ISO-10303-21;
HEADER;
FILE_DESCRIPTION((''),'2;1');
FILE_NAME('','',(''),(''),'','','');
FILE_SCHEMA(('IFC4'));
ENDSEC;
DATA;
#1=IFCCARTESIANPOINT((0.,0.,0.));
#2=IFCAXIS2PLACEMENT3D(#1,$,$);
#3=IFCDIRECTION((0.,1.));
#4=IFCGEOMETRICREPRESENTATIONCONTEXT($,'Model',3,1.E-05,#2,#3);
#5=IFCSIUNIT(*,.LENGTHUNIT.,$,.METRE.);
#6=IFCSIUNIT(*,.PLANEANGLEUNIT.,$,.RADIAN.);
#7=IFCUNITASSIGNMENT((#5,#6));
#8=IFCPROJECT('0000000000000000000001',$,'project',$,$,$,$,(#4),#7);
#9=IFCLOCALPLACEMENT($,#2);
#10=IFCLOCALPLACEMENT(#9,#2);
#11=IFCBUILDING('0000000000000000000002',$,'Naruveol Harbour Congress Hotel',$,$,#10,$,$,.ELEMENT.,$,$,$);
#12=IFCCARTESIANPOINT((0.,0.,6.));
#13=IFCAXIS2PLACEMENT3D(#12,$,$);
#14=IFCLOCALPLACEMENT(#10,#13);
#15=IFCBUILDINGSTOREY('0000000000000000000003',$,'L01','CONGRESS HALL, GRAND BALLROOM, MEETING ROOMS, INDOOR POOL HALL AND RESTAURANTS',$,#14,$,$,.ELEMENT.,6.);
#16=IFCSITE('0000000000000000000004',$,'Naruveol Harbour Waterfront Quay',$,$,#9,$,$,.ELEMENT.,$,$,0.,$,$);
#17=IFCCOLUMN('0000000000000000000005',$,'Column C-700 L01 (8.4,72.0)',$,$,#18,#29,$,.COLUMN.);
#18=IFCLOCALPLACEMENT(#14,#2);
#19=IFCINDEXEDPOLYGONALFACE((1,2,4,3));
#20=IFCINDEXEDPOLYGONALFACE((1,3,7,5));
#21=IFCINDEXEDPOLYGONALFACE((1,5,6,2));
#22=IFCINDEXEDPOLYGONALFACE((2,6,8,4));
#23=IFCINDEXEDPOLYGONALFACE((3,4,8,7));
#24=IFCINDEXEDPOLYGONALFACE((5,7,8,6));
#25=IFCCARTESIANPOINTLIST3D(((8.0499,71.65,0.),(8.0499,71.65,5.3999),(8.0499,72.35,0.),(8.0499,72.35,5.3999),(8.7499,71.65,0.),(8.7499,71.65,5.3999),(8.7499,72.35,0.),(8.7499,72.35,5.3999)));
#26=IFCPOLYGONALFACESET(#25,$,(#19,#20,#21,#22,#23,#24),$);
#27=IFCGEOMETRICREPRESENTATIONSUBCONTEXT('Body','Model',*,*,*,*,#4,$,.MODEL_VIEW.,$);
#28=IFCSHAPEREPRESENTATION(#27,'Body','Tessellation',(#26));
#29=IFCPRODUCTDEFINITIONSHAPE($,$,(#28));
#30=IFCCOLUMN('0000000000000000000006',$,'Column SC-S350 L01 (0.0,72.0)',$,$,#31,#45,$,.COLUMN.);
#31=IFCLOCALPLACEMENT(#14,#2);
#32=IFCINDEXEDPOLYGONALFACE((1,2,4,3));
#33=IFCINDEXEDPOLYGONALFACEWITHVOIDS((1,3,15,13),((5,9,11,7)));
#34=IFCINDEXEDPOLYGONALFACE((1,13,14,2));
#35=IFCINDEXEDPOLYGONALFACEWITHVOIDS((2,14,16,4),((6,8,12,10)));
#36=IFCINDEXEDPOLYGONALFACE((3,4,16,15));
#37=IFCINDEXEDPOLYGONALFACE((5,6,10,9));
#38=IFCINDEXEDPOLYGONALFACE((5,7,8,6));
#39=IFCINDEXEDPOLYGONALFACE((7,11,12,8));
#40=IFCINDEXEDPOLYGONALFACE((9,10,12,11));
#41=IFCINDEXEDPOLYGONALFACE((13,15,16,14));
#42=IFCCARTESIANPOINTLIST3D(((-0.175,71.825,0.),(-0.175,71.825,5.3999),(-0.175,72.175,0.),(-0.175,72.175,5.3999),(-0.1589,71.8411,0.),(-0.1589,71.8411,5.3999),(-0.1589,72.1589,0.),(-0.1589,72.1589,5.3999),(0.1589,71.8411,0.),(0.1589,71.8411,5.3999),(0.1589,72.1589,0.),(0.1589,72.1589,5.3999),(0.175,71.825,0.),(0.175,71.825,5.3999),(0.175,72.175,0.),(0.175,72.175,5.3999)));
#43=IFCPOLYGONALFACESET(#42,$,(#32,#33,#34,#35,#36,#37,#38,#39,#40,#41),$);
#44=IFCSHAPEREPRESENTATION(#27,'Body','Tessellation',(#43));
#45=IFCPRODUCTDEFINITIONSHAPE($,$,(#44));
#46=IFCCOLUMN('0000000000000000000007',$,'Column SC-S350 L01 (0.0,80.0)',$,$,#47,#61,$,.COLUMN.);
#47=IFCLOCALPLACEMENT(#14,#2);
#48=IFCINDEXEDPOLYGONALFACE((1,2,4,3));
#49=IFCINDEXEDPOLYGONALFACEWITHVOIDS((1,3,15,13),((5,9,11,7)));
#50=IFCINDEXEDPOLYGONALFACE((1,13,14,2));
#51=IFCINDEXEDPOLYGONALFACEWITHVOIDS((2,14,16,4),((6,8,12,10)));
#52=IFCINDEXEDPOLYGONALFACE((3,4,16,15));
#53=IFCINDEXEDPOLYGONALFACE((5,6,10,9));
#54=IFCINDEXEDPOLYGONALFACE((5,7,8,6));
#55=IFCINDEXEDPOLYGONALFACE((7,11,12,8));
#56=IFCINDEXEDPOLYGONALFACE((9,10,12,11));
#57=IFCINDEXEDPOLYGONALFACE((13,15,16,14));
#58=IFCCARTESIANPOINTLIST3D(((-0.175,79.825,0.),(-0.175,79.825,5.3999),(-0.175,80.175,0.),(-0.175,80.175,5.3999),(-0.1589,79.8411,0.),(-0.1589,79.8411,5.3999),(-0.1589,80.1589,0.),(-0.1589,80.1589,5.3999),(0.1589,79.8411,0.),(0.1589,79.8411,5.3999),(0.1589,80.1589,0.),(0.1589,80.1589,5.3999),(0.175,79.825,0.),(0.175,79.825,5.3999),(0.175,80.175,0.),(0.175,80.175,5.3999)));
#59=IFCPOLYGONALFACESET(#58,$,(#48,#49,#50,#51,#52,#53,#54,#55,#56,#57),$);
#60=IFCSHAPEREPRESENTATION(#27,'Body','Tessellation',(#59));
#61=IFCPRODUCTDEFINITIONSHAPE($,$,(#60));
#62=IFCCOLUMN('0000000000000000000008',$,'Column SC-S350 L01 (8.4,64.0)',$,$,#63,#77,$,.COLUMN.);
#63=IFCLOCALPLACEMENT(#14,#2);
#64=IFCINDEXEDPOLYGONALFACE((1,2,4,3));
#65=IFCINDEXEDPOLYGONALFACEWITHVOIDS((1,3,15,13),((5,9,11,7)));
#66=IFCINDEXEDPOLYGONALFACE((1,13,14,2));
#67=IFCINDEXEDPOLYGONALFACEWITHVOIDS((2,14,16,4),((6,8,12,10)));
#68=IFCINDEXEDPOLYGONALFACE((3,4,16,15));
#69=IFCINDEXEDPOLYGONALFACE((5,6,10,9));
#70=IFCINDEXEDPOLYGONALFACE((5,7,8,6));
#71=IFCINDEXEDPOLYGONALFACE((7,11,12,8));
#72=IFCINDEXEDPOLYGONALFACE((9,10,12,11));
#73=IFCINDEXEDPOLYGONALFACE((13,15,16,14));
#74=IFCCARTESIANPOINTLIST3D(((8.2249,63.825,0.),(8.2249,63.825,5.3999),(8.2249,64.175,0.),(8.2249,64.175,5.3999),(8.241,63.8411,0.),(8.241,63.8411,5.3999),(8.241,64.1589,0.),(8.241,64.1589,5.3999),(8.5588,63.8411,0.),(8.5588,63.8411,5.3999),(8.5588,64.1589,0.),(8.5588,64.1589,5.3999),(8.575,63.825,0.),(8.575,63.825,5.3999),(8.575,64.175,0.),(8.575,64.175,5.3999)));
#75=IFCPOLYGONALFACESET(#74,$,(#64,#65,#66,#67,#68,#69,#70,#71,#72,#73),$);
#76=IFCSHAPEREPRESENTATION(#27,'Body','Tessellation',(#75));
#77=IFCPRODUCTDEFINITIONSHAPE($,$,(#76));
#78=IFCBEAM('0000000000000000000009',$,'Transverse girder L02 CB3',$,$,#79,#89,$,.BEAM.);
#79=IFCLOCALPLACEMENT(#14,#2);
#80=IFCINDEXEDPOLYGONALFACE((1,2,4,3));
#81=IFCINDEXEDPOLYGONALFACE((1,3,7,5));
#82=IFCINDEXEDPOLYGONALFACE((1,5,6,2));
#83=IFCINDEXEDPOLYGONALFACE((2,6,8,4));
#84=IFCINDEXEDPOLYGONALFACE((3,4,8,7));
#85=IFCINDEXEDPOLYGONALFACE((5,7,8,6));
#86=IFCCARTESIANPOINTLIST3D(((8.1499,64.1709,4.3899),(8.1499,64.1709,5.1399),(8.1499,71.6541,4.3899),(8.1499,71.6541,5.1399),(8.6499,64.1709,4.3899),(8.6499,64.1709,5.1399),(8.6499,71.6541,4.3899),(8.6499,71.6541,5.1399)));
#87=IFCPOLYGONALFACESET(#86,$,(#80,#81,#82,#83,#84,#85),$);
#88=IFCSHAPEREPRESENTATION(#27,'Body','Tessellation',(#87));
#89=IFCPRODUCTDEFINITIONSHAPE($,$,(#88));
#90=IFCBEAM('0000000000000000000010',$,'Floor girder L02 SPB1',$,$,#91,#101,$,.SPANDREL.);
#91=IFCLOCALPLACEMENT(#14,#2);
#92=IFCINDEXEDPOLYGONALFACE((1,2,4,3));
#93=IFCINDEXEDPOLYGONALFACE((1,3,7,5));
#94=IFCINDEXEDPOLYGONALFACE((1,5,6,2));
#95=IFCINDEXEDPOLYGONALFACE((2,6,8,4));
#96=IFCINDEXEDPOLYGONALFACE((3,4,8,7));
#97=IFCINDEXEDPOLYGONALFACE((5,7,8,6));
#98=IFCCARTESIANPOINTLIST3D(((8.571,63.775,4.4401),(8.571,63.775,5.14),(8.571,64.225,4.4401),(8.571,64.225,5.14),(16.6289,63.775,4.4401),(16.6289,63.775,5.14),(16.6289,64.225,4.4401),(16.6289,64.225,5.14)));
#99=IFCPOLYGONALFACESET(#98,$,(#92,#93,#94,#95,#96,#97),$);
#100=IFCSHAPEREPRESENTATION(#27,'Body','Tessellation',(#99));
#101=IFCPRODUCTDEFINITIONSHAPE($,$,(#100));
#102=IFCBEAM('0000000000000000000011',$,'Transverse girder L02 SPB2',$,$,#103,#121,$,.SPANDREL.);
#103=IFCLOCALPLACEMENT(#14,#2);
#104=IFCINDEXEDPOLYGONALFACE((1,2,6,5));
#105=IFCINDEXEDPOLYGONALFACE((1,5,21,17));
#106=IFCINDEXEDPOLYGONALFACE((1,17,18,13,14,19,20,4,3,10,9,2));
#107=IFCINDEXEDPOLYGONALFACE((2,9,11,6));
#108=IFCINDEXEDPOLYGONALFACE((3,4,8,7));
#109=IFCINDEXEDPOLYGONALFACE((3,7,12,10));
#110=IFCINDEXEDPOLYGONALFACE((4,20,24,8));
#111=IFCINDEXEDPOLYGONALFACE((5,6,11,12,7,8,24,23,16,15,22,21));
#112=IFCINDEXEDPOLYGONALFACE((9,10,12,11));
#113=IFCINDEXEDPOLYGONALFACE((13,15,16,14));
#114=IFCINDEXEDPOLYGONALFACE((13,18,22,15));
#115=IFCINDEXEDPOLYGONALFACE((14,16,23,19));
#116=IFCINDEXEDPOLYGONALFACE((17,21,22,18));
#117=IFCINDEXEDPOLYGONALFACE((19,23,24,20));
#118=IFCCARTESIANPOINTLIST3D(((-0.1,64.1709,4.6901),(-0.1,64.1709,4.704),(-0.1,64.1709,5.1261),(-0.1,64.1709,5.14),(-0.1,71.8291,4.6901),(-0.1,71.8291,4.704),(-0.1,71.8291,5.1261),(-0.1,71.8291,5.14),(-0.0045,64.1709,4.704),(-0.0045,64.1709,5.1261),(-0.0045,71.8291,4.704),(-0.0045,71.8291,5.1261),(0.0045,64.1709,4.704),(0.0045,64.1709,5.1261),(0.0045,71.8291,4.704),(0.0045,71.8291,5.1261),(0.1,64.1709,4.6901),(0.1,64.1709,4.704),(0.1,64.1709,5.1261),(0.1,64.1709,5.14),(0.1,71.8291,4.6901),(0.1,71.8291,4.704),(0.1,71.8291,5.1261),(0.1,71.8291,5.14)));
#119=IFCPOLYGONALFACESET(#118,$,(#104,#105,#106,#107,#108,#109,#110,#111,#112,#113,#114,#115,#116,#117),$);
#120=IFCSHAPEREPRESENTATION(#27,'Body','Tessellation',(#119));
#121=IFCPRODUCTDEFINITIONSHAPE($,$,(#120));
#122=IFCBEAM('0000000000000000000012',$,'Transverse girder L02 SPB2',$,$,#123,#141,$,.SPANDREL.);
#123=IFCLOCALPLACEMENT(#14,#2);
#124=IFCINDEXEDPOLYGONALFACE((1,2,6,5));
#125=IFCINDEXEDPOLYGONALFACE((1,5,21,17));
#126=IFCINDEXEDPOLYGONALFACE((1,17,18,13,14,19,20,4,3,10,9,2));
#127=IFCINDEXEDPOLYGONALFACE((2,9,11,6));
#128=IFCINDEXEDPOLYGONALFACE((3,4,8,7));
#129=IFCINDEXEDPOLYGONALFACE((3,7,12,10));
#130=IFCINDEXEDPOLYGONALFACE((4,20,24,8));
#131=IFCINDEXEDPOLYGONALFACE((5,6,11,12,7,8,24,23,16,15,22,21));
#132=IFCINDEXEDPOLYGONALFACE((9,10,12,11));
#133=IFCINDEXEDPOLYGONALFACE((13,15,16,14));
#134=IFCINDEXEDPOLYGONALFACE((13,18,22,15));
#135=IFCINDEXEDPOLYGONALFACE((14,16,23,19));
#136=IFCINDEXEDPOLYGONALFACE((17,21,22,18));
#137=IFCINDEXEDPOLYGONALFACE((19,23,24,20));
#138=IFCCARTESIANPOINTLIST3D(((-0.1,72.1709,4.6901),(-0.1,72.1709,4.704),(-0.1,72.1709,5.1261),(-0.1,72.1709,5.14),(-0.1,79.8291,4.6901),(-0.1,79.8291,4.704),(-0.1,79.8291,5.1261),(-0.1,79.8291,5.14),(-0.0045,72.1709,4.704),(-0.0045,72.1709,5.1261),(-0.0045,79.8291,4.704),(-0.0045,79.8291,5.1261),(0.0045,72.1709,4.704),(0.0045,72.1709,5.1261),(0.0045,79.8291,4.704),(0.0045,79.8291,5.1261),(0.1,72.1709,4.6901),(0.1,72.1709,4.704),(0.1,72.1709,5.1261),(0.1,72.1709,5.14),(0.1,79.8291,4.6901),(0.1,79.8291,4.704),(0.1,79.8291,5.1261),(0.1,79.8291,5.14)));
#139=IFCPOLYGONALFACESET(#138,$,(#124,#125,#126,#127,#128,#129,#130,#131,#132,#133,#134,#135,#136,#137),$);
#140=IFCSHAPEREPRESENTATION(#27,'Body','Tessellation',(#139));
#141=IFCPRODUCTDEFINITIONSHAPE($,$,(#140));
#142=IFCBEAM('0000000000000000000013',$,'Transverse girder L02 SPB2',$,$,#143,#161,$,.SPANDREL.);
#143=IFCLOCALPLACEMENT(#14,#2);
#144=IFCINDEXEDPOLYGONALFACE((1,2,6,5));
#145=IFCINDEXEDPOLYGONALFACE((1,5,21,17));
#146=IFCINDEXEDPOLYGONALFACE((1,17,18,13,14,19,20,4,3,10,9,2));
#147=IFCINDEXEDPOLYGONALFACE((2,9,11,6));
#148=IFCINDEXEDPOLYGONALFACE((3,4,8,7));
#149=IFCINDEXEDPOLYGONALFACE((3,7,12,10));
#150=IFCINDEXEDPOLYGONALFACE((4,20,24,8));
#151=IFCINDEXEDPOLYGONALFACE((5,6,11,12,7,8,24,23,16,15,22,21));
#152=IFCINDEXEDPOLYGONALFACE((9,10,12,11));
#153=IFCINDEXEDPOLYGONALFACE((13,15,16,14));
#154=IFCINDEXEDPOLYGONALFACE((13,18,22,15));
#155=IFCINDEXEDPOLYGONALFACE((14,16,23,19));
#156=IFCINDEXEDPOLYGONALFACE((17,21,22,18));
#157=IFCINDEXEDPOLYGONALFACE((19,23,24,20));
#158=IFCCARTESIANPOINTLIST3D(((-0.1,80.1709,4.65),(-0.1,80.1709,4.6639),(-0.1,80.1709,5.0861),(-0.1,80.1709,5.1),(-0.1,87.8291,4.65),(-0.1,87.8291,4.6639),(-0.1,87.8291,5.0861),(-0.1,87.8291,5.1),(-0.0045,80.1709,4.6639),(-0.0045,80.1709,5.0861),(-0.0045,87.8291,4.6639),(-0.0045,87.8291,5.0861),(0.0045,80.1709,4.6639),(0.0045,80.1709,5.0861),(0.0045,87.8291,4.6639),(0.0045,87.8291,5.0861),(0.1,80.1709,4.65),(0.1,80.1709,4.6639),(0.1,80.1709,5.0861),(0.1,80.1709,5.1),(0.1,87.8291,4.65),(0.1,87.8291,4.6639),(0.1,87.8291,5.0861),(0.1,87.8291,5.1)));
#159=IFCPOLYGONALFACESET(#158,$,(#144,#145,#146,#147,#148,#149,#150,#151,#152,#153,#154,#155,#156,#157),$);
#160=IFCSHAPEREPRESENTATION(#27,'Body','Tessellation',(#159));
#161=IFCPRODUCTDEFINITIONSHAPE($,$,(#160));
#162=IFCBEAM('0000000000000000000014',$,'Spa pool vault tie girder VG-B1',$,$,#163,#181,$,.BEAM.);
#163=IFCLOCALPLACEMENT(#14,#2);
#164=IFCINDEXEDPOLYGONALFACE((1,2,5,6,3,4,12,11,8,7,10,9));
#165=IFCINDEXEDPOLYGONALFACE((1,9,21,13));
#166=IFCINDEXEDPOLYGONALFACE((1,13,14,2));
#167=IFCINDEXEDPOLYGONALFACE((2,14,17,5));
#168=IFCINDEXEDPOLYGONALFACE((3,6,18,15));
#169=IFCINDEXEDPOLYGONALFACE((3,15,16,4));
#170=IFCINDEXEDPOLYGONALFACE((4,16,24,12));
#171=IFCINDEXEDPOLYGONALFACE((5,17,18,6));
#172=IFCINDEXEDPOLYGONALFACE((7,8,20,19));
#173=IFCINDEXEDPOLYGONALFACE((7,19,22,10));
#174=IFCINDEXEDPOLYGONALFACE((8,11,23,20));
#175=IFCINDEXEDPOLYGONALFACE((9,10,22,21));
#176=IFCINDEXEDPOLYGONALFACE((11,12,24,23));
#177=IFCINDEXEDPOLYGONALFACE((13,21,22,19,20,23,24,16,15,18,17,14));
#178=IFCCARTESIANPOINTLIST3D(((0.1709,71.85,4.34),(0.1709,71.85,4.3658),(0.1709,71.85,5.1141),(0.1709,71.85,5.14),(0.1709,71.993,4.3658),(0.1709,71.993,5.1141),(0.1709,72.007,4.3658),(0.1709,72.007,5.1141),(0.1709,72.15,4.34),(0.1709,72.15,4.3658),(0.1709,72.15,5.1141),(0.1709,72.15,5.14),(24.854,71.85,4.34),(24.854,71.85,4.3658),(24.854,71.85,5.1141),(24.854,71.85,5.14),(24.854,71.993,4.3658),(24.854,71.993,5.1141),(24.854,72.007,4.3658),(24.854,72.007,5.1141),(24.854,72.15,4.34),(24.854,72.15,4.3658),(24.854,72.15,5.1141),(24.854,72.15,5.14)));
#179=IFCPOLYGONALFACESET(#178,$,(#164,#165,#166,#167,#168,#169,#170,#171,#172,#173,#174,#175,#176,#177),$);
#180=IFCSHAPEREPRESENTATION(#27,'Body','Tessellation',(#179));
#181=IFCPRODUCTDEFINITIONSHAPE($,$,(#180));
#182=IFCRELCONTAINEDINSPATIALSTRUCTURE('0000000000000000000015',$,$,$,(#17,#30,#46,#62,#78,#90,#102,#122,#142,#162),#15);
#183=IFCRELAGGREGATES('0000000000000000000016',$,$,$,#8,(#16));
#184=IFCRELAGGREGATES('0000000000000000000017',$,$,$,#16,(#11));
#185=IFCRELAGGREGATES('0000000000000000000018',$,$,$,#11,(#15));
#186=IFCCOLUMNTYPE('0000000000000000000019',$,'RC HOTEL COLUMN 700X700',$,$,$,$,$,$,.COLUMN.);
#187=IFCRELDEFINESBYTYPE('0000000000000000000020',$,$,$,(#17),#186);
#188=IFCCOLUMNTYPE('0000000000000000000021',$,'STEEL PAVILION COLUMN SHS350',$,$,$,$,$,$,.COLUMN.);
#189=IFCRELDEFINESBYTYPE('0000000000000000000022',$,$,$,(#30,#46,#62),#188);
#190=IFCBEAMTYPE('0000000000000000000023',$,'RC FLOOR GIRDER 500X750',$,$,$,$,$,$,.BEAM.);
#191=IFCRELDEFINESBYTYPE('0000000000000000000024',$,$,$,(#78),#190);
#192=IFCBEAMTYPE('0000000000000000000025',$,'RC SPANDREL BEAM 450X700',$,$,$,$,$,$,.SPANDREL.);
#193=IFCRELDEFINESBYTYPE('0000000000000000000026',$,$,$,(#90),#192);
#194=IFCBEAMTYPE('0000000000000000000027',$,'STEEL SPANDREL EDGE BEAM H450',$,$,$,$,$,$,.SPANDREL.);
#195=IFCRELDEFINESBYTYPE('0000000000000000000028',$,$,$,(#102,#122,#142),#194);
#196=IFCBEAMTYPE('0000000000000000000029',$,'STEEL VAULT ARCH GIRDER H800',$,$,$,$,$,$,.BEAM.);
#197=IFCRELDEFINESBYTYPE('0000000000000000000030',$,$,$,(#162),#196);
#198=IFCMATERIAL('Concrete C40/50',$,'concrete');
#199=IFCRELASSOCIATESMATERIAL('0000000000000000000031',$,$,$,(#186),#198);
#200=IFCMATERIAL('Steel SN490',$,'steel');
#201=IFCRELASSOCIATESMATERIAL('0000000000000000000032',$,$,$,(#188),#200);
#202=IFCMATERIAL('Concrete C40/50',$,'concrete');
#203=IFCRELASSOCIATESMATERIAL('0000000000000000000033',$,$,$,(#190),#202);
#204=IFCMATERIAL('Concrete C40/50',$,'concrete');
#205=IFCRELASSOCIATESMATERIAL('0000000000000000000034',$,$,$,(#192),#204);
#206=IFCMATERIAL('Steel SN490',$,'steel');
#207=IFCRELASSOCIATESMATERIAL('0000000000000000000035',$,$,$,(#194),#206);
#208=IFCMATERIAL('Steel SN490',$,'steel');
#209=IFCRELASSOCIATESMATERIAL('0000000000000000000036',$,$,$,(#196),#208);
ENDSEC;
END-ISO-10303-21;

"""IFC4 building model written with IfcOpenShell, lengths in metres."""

from ifc_helpers import new_model, si_unit, direction, frame, origin, origin_2d, place, context, subcontext, project, spatial, rectangle, hollow_rectangle, i_section, extrude, material, material_profile, profile_set, type_object, element, save


model = new_model("IFC4")

# Units and contexts
model_context = context("Model", 3, precision=1e-05, world=origin(), true_north=direction((0.0, 1.0)))
body_context = subcontext(model_context, "Body", "Model", "MODEL_VIEW")
ifc_project = project(units=[si_unit("LENGTHUNIT", "METRE"), si_unit("PLANEANGLEUNIT", "RADIAN")], contexts=[model_context])

# Site, building, storey
site_placement = place(None, origin())
site = spatial("IfcSite", under=ifc_project, at=site_placement, Name="Naruveol Harbour Waterfront Quay", CompositionType="ELEMENT", RefElevation=0.0)
building_placement = place(site_placement, origin())
building = spatial("IfcBuilding", under=site, at=building_placement, Name="Naruveol Harbour Congress Hotel", CompositionType="ELEMENT")
storey_placement = place(building_placement, frame((0.0, 0.0, 6.0)))
storey = spatial("IfcBuildingStorey", under=building, at=storey_placement, Name="L01", Description="CONGRESS HALL, GRAND BALLROOM, MEETING ROOMS, INDOOR POOL HALL AND RESTAURANTS", CompositionType="ELEMENT", Elevation=6.0)

# Columns
ifc_material_1 = material(Name="Concrete C40/50", Category="concrete")
ifc_material_profile_1 = material_profile(ifc_material_1, rectangle(XDim=0.7, YDim=0.7, at=origin_2d()), Name="RC-700x700")
ifc_profile_set_1 = profile_set([ifc_material_profile_1], Name="Concrete C40/50")
column_type_1 = type_object("IfcColumnType", Name="RC HOTEL COLUMN 700X700", PredefinedType="COLUMN", material=ifc_profile_set_1)
column_placement = place(storey_placement, frame((8.3999, 72.0, 0.0), z_axis=(0.0, 0.0, 1.0), x_axis=(1.0, 0.0, 0.0)))
element("IfcColumn", 1, at=column_placement, inside=storey, type_object=column_type_1, Name="Column C-700 L01 (8.4,72.0)", PredefinedType="COLUMN", context=body_context, shape_type="SweptSolid", body=[
    extrude(rectangle(XDim=0.7, YDim=0.7, at=origin_2d()), origin(), (0.0, 0.0, 1.0), 5.3999),
])
ifc_material_2 = material(Name="Steel SN490", Category="steel")
ifc_material_profile_2 = material_profile(ifc_material_2, hollow_rectangle(XDim=0.3501, YDim=0.3501, WallThickness=0.0161, at=origin_2d()), Name="SHS-350x350x16")
ifc_profile_set_2 = profile_set([ifc_material_profile_2], Name="Steel SN490")
column_type_2 = type_object("IfcColumnType", Name="STEEL PAVILION COLUMN SHS350", PredefinedType="COLUMN", material=ifc_profile_set_2)
for number, where, z_axis, x_axis, name in (
    (2, (0.0, 72.0, 0.0), (0.0, 0.0, 1.0), (1.0, 0.0, 0.0), "Column SC-S350 L01 (0.0,72.0)"),
    (3, (0.0, 80.0, 0.0), (0.0, 0.0, 1.0), (1.0, 0.0, 0.0), "Column SC-S350 L01 (0.0,80.0)"),
    (4, (8.3999, 64.0, 0.0), (0.0, 0.0, 1.0), (1.0, 0.0, 0.0), "Column SC-S350 L01 (8.4,64.0)"),
):
    element("IfcColumn", number, at=place(storey_placement, frame(where, z_axis=z_axis, x_axis=x_axis)), inside=storey, type_object=column_type_2, Name=name, PredefinedType="COLUMN", context=body_context, shape_type="SweptSolid", body=[
        extrude(hollow_rectangle(XDim=0.3501, YDim=0.3501, WallThickness=0.0161, at=origin_2d()), origin(), (0.0, 0.0, 1.0), 5.3999),
    ])

# Beams
ifc_material_3 = material(Name="Concrete C40/50", Category="concrete")
ifc_material_profile_3 = material_profile(ifc_material_3, rectangle(XDim=0.5, YDim=0.75, at=origin_2d()), Name="RCB-500x750")
ifc_profile_set_3 = profile_set([ifc_material_profile_3], Name="Concrete C40/50")
beam_type_1 = type_object("IfcBeamType", Name="RC FLOOR GIRDER 500X750", PredefinedType="BEAM", material=ifc_profile_set_3)
beam_1_placement = place(storey_placement, frame((8.3999, 64.1709, 4.7649), z_axis=(0.0, 1.0, 0.0), x_axis=(-1.0, 0.0, 0.0)))
element("IfcBeam", 5, at=beam_1_placement, inside=storey, type_object=beam_type_1, Name="Transverse girder L02 CB3", PredefinedType="BEAM", context=body_context, shape_type="SweptSolid", body=[
    extrude(rectangle(XDim=0.5, YDim=0.75, at=origin_2d()), origin(), (0.0, 0.0, 1.0), 7.4832),
])
ifc_material_4 = material(Name="Concrete C40/50", Category="concrete")
ifc_material_profile_4 = material_profile(ifc_material_4, rectangle(XDim=0.45, YDim=0.7, at=origin_2d()), Name="RCB-450x700")
ifc_profile_set_4 = profile_set([ifc_material_profile_4], Name="Concrete C40/50")
beam_type_2 = type_object("IfcBeamType", Name="RC SPANDREL BEAM 450X700", PredefinedType="SPANDREL", material=ifc_profile_set_4)
beam_2_placement = place(storey_placement, frame((8.571, 64.0, 4.79), z_axis=(1.0, 0.0, 0.0), x_axis=(0.0, 1.0, 0.0)))
element("IfcBeam", 6, at=beam_2_placement, inside=storey, type_object=beam_type_2, Name="Floor girder L02 SPB1", PredefinedType="SPANDREL", context=body_context, shape_type="SweptSolid", body=[
    extrude(rectangle(XDim=0.45, YDim=0.7, at=origin_2d()), origin(), (0.0, 0.0, 1.0), 8.0579),
])
ifc_material_5 = material(Name="Steel SN490", Category="steel")
ifc_material_profile_5 = material_profile(ifc_material_5, i_section(OverallWidth=0.2, OverallDepth=0.45, WebThickness=0.009, FlangeThickness=0.0139, at=origin_2d()), Name="H-450x200x9x14")
ifc_profile_set_5 = profile_set([ifc_material_profile_5], Name="Steel SN490")
beam_type_3 = type_object("IfcBeamType", Name="STEEL SPANDREL EDGE BEAM H450", PredefinedType="SPANDREL", material=ifc_profile_set_5)
for number, where, z_axis, x_axis, name in (
    (7, (0.0, 64.1709, 4.915), (0.0, 1.0, 0.0), (-1.0, 0.0, 0.0), "Transverse girder L02 SPB2"),
    (8, (0.0, 72.1709, 4.915), (0.0, 1.0, 0.0), (-1.0, 0.0, 0.0), "Transverse girder L02 SPB2"),
    (9, (0.0, 80.1709, 4.875), (0.0, 1.0, 0.0), (-1.0, 0.0, 0.0), "Transverse girder L02 SPB2"),
):
    element("IfcBeam", number, at=place(storey_placement, frame(where, z_axis=z_axis, x_axis=x_axis)), inside=storey, type_object=beam_type_3, Name=name, PredefinedType="SPANDREL", context=body_context, shape_type="SweptSolid", body=[
        extrude(i_section(OverallWidth=0.2, OverallDepth=0.45, WebThickness=0.009, FlangeThickness=0.0139, at=origin_2d()), origin(), (0.0, 0.0, 1.0), 7.6582),
    ])
ifc_material_6 = material(Name="Steel SN490", Category="steel")
ifc_material_profile_6 = material_profile(ifc_material_6, i_section(OverallWidth=0.3, OverallDepth=0.8, WebThickness=0.0139, FlangeThickness=0.0259, at=origin_2d()), Name="H-800x300x14x26")
ifc_profile_set_6 = profile_set([ifc_material_profile_6], Name="Steel SN490")
beam_type_4 = type_object("IfcBeamType", Name="STEEL VAULT ARCH GIRDER H800", PredefinedType="BEAM", material=ifc_profile_set_6)
for number, where, z_axis, x_axis, name in (
    (10, (0.1709, 72.0, 4.74), (1.0, 0.0, 0.0), (0.0, 1.0, 0.0), "Spa pool vault tie girder VG-B1"),
):
    element("IfcBeam", number, at=place(storey_placement, frame(where, z_axis=z_axis, x_axis=x_axis)), inside=storey, type_object=beam_type_4, Name=name, PredefinedType="BEAM", context=body_context, shape_type="SweptSolid", body=[
        extrude(i_section(OverallWidth=0.3, OverallDepth=0.8, WebThickness=0.0139, FlangeThickness=0.0259, at=origin_2d()), origin(), (0.0, 0.0, 1.0), 24.6831),
    ])

save(model, "model.ifc")
